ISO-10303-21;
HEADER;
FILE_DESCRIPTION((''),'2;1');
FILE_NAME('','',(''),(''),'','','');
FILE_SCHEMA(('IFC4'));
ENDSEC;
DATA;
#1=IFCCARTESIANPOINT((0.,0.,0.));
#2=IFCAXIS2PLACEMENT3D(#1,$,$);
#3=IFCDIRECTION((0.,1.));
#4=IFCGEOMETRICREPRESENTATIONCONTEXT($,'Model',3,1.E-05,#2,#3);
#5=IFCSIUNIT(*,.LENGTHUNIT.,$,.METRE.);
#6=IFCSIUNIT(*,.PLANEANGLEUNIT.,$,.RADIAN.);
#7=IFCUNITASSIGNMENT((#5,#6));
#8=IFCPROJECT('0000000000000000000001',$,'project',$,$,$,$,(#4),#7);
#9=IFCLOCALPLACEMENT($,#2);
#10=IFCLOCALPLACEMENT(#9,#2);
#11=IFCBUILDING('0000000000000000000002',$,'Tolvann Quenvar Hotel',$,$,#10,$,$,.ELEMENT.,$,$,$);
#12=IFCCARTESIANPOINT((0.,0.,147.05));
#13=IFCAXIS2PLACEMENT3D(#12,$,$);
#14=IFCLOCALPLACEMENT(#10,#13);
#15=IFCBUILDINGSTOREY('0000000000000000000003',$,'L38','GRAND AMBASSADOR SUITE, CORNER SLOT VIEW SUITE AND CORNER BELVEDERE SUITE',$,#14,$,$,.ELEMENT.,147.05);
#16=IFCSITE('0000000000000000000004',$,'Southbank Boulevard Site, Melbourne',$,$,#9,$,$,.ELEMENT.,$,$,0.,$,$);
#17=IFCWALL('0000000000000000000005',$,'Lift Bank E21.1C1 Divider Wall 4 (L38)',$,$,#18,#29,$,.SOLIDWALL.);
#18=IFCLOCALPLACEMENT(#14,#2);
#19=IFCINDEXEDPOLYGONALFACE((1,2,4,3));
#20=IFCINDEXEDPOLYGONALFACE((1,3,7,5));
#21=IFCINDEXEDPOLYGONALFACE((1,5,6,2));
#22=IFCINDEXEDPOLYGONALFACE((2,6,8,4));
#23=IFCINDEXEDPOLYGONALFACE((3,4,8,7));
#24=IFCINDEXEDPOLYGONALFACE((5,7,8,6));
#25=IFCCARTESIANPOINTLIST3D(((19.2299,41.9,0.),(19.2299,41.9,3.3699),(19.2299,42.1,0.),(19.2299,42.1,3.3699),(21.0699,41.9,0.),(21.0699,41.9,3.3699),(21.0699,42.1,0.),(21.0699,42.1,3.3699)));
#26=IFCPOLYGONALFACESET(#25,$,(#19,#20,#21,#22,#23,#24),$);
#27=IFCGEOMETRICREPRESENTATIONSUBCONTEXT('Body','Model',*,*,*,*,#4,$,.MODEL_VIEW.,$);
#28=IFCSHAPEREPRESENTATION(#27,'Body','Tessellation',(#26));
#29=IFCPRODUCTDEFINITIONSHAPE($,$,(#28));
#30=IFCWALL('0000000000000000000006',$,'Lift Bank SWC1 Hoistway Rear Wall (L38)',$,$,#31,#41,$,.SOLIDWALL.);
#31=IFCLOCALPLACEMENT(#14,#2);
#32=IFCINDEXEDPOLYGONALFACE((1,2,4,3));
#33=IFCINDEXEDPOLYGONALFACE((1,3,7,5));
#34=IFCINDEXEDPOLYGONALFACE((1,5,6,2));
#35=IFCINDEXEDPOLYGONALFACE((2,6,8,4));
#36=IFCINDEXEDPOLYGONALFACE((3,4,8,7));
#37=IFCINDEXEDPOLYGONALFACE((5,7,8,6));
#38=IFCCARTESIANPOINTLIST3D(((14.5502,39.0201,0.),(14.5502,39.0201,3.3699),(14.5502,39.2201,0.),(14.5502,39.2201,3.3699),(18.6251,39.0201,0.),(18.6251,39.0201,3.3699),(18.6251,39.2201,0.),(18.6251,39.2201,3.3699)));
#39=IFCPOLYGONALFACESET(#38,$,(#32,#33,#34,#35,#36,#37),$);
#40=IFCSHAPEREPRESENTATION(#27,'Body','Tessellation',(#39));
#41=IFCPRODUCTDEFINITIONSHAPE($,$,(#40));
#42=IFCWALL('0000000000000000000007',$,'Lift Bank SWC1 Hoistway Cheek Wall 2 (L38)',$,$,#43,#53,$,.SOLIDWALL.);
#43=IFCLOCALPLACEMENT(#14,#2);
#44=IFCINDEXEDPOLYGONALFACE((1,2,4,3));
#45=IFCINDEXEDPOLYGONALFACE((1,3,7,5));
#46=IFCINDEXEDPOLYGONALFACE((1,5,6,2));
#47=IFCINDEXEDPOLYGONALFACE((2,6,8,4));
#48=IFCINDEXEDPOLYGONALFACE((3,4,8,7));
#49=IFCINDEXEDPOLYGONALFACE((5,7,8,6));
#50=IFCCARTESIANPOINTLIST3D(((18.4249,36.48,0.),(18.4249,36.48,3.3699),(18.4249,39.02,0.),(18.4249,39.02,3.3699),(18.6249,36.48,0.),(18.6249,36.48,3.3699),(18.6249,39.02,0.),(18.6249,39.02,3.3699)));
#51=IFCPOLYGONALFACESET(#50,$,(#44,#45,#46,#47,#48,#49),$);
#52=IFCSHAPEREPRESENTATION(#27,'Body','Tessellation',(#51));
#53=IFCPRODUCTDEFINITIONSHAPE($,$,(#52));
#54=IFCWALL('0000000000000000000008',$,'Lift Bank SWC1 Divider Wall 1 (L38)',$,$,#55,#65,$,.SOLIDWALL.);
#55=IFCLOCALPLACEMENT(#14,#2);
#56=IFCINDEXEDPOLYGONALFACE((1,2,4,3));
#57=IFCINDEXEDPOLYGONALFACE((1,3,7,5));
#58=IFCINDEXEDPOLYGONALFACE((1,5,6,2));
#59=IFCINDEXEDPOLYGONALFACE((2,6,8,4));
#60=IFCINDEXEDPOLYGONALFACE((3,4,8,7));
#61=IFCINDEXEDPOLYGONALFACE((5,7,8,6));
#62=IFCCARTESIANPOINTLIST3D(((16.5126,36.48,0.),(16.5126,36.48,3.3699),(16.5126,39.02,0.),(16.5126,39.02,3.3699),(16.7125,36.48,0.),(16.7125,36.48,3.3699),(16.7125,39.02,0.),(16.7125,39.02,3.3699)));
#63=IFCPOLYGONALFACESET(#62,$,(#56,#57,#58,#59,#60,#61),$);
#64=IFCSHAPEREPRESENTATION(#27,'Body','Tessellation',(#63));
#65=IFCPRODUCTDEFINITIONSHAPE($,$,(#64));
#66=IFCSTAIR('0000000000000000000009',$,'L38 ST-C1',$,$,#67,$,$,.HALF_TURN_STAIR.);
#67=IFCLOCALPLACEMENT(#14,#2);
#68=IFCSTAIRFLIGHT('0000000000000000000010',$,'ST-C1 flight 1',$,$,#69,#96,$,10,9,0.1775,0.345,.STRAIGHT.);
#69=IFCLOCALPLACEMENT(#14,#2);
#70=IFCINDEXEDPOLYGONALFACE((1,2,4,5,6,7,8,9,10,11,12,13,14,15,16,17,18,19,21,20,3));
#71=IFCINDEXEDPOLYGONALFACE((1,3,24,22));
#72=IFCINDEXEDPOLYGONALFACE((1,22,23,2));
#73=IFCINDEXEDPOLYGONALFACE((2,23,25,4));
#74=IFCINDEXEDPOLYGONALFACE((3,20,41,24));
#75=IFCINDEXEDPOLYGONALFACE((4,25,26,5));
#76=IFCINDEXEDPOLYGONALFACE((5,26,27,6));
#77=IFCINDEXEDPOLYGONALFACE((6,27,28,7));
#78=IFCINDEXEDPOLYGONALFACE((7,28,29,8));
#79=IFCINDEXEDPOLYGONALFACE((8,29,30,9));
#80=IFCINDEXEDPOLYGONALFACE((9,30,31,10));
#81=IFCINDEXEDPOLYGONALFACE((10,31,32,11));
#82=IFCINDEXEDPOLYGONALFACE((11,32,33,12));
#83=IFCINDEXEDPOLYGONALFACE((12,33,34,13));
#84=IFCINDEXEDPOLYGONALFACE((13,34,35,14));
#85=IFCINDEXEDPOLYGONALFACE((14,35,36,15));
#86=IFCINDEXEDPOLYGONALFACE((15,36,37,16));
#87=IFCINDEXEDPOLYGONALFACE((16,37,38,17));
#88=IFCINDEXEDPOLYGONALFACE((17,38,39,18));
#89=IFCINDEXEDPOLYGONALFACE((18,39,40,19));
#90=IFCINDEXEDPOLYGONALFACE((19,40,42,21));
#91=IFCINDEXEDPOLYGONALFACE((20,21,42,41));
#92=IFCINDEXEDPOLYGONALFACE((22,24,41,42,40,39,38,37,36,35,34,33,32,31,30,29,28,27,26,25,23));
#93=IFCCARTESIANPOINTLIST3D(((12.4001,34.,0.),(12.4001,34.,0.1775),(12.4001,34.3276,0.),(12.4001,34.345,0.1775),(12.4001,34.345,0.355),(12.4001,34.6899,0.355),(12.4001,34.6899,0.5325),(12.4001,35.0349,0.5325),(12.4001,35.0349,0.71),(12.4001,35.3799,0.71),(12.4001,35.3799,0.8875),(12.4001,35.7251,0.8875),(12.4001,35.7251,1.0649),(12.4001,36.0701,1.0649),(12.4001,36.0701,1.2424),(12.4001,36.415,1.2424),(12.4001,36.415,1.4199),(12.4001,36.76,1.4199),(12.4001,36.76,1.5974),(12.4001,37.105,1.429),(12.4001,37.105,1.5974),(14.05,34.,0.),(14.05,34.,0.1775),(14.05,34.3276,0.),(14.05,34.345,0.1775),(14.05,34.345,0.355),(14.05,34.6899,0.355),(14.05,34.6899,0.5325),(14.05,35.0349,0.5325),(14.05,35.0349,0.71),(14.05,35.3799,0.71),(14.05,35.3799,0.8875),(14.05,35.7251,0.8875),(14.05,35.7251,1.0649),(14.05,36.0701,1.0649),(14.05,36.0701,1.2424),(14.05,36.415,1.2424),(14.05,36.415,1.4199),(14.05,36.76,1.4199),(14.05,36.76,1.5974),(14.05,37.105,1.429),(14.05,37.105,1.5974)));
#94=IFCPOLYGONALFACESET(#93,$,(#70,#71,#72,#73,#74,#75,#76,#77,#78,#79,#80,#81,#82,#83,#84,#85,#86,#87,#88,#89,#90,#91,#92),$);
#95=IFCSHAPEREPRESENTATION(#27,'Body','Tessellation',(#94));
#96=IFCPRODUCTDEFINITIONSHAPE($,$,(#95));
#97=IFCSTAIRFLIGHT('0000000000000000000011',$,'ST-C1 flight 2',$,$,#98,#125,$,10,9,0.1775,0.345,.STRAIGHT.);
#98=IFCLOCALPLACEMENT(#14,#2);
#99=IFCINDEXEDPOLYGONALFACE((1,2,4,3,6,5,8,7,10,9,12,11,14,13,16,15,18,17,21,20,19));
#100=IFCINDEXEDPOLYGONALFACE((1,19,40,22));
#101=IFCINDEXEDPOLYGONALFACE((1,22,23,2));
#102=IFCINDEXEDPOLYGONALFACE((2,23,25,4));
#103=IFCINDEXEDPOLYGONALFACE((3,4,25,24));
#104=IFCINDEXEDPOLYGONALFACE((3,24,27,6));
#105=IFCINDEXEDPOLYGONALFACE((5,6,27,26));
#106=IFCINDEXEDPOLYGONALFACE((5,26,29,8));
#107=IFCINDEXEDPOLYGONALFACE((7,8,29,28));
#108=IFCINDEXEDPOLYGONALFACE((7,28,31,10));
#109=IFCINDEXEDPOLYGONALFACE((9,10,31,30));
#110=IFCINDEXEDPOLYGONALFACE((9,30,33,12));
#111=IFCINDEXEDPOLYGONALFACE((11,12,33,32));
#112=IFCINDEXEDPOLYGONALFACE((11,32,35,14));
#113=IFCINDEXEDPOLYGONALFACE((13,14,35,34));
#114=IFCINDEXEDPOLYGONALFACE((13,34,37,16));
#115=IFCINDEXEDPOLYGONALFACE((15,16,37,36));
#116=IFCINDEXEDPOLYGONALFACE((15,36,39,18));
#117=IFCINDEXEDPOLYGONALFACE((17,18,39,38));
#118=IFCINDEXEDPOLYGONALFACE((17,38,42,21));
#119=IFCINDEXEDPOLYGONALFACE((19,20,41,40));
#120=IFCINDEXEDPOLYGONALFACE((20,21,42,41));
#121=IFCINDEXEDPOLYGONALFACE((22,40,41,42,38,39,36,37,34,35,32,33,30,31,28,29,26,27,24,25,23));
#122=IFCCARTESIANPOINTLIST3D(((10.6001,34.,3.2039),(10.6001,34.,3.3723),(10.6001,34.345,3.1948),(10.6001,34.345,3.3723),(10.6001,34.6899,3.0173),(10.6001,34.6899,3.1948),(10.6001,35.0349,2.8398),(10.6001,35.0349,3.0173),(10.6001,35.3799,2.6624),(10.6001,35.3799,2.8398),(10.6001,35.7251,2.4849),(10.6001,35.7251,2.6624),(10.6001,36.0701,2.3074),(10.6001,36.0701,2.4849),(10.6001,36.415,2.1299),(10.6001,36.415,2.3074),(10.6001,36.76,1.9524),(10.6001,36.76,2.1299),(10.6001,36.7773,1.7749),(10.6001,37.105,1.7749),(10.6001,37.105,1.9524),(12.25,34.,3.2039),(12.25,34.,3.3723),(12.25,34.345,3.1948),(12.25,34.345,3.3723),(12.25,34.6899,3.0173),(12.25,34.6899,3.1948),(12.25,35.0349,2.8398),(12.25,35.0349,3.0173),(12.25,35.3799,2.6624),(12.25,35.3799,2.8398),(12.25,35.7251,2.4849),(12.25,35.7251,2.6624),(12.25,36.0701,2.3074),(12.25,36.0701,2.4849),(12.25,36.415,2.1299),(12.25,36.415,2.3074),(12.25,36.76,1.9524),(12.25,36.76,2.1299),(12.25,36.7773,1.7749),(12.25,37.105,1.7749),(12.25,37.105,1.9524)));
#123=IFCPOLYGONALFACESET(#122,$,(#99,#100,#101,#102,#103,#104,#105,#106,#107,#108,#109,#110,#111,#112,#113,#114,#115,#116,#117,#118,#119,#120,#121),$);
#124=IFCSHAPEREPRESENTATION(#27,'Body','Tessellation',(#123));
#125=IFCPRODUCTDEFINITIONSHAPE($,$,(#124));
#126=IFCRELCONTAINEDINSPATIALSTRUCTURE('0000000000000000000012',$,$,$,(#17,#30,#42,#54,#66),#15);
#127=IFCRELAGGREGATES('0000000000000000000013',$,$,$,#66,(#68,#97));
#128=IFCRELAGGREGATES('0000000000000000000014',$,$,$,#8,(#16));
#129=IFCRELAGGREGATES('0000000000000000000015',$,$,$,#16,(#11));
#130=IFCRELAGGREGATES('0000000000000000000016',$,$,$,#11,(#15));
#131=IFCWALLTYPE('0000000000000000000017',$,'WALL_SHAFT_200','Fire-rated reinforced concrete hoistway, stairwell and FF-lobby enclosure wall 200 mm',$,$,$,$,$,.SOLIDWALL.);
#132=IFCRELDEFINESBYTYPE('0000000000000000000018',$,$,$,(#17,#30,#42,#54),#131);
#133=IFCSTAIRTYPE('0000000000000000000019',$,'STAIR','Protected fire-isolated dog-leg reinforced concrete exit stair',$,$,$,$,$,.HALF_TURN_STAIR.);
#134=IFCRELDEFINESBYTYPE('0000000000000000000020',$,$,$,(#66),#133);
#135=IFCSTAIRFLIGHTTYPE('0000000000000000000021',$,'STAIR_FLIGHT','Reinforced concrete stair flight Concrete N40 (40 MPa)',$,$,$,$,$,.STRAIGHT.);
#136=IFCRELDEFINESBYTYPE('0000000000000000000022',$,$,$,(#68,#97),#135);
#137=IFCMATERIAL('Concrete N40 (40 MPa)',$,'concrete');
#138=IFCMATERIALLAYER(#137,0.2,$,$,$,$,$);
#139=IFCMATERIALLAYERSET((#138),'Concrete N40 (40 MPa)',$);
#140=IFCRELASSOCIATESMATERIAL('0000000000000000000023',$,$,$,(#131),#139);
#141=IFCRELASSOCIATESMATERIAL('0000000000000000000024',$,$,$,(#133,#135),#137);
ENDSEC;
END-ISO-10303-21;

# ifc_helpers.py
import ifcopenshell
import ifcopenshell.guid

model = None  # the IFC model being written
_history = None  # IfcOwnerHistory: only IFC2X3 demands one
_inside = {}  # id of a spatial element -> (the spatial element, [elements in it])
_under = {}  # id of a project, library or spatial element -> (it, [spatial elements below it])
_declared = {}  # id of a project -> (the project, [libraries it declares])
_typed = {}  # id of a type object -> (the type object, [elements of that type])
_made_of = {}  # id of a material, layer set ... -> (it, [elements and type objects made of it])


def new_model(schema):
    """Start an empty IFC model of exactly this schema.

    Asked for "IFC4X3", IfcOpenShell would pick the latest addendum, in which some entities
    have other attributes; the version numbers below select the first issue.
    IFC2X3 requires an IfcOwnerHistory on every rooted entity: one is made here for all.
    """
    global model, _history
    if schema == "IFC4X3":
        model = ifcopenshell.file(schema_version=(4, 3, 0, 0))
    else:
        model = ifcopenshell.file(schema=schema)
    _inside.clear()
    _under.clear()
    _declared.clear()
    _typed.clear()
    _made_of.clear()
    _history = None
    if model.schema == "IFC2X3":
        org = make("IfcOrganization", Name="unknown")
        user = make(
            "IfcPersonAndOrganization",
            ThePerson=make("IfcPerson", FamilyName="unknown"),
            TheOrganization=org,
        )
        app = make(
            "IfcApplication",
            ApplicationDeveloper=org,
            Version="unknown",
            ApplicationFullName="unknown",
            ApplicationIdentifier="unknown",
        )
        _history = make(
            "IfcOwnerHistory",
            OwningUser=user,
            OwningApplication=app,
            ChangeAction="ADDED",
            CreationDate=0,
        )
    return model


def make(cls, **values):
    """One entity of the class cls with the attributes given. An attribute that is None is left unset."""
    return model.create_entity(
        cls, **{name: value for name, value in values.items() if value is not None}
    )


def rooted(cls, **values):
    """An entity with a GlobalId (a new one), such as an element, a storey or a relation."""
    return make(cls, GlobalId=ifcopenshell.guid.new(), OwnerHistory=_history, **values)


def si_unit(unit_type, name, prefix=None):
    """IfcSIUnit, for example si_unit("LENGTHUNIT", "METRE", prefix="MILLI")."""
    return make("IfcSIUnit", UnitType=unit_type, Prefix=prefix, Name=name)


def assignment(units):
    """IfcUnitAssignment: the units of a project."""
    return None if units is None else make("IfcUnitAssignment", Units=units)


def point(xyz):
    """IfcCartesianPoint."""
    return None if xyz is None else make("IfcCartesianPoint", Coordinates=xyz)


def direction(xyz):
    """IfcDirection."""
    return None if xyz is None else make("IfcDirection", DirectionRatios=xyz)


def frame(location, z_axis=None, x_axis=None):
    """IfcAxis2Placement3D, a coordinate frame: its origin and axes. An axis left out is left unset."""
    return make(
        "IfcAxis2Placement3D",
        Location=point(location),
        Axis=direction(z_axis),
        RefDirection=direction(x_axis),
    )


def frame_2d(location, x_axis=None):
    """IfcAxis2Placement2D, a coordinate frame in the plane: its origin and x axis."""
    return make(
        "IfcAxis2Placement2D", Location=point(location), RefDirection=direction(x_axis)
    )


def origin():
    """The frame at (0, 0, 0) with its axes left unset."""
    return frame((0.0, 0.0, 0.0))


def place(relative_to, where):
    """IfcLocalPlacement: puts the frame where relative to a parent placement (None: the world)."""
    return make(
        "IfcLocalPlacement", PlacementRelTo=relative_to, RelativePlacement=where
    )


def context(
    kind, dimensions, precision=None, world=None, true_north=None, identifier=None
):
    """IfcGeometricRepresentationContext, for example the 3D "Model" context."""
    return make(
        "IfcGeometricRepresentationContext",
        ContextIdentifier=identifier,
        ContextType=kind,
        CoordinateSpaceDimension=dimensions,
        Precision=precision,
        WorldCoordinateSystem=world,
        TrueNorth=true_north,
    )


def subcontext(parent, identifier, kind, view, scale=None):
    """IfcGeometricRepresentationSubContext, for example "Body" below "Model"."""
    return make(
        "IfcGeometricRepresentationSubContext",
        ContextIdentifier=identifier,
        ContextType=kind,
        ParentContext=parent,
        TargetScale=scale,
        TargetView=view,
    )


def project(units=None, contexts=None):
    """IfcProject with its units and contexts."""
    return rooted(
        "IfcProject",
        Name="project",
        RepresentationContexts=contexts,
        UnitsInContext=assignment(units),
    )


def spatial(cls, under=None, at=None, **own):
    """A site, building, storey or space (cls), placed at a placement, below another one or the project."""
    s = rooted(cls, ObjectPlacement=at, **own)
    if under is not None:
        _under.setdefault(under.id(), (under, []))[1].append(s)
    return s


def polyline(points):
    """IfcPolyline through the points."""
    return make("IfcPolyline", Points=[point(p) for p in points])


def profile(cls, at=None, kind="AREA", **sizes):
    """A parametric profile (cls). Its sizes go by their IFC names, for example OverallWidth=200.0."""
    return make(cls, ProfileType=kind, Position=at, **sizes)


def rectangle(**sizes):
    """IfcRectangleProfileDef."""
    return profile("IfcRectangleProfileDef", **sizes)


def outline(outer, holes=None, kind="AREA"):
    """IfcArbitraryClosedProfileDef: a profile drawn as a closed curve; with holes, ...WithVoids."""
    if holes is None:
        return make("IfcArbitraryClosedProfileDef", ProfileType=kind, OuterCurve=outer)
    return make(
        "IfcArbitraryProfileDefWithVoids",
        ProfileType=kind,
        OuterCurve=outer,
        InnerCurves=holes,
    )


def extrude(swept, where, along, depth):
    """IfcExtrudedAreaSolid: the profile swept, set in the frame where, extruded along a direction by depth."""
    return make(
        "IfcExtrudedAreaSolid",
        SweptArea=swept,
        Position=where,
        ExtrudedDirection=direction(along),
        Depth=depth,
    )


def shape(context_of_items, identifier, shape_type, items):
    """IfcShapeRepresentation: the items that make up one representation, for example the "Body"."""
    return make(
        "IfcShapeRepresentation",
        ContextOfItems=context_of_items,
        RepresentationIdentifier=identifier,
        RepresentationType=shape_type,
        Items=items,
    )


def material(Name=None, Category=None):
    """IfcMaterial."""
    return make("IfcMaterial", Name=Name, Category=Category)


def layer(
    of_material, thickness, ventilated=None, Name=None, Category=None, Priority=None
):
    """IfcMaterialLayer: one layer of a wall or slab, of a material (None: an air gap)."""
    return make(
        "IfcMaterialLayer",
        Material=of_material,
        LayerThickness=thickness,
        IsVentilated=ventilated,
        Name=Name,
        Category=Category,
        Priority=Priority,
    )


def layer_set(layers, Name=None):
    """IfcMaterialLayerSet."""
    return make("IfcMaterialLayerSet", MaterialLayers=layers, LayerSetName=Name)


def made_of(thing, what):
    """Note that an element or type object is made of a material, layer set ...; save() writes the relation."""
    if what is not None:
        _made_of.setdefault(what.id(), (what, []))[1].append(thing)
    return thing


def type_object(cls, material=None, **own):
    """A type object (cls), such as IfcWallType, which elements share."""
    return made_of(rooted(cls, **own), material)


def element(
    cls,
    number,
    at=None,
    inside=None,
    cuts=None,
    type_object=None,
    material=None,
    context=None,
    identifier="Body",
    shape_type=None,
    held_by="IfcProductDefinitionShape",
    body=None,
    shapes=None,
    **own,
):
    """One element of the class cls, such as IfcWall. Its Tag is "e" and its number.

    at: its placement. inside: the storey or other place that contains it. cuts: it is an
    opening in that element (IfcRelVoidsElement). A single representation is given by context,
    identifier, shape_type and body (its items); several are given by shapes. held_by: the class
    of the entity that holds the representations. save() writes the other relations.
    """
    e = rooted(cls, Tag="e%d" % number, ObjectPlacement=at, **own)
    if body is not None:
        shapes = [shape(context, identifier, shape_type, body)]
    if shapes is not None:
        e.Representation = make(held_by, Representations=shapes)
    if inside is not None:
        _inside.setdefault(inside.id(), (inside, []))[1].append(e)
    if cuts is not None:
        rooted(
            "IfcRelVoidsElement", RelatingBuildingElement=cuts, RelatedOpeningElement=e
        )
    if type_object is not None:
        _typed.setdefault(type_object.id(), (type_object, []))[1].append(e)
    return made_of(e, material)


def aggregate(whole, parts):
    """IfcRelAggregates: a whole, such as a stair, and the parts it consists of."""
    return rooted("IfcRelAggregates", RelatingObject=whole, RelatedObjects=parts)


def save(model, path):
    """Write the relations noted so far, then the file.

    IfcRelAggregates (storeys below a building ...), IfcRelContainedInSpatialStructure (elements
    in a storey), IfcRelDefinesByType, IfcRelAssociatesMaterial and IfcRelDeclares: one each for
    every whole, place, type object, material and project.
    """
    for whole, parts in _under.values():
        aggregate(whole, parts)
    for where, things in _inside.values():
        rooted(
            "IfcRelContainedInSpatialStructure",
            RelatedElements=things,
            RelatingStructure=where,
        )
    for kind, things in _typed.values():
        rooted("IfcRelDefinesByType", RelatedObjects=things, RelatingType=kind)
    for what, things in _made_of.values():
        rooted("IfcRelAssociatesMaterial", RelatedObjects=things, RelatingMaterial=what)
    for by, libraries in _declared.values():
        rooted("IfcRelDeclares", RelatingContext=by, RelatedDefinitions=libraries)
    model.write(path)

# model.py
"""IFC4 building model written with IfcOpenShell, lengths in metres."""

from ifc_helpers import new_model, si_unit, direction, frame, frame_2d, origin, place, context, subcontext, project, spatial, polyline, rectangle, outline, extrude, material, layer, layer_set, type_object, element, aggregate, save


model = new_model("IFC4")

# Units and contexts
model_context = context("Model", 3, precision=1e-05, world=origin(), true_north=direction((0.0, 1.0)))
body_context = subcontext(model_context, "Body", "Model", "MODEL_VIEW")
ifc_project = project(units=[si_unit("LENGTHUNIT", "METRE"), si_unit("PLANEANGLEUNIT", "RADIAN")], contexts=[model_context])

# Site, building, storey
site_placement = place(None, origin())
site = spatial("IfcSite", under=ifc_project, at=site_placement, Name="Southbank Boulevard Site, Melbourne", CompositionType="ELEMENT", RefElevation=0.0)
building_placement = place(site_placement, origin())
building = spatial("IfcBuilding", under=site, at=building_placement, Name="Tolvann Quenvar Hotel", CompositionType="ELEMENT")
storey_placement = place(building_placement, frame((0.0, 0.0, 147.05)))
storey = spatial("IfcBuildingStorey", under=building, at=storey_placement, Name="L38", Description="GRAND AMBASSADOR SUITE, CORNER SLOT VIEW SUITE AND CORNER BELVEDERE SUITE", CompositionType="ELEMENT", Elevation=147.05)

# Shared definitions
ifc_material_1 = material(Name="Concrete N40 (40 MPa)", Category="concrete")
ifc_layer_1 = layer(ifc_material_1, 0.2)
ifc_layer_set_1 = layer_set([ifc_layer_1], Name="Concrete N40 (40 MPa)")
wall_type_1 = type_object("IfcWallType", Name="WALL_SHAFT_200", Description="Fire-rated reinforced concrete hoistway, stairwell and FF-lobby enclosure wall 200 mm", PredefinedType="SOLIDWALL", material=ifc_layer_set_1)

# Wall
for number, where, z_axis, x_axis, name in (
    (1, (19.23, 42.0, 0.0), (0.0, 0.0, 1.0), (1.0, 0.0, 0.0), "Lift Bank E21.1C1 Divider Wall 4 (L38)"),
):
    element("IfcWall", number, at=place(storey_placement, frame(where, z_axis=z_axis, x_axis=x_axis)), inside=storey, type_object=wall_type_1, Name=name, PredefinedType="SOLIDWALL", context=body_context, shape_type="SweptSolid", body=[
        extrude(rectangle(XDim=1.8401, YDim=0.2, at=frame_2d((0.9199, 0.0))), origin(), (0.0, 0.0, 1.0), 3.3699),
    ])

# Walls
wall_1_placement = place(storey_placement, frame((14.55, 39.1201, 0.0), z_axis=(0.0, 0.0, 1.0), x_axis=(1.0, 0.0, 0.0)))
element("IfcWall", 2, at=wall_1_placement, inside=storey, type_object=wall_type_1, Name="Lift Bank SWC1 Hoistway Rear Wall (L38)", PredefinedType="SOLIDWALL", context=body_context, shape_type="SweptSolid", body=[
    extrude(rectangle(XDim=4.075, YDim=0.2, at=frame_2d((2.0376, 0.0))), origin(), (0.0, 0.0, 1.0), 3.3699),
])
for number, where, z_axis, x_axis, name in (
    (3, (18.5249, 36.48, 0.0), (0.0, 0.0, 1.0), (0.0, 1.0, 0.0), "Lift Bank SWC1 Hoistway Cheek Wall 2 (L38)"),
    (4, (16.6125, 36.48, 0.0), (0.0, 0.0, 1.0), (0.0, 1.0, 0.0), "Lift Bank SWC1 Divider Wall 1 (L38)"),
):
    element("IfcWall", number, at=place(storey_placement, frame(where, z_axis=z_axis, x_axis=x_axis)), inside=storey, type_object=wall_type_1, Name=name, PredefinedType="SOLIDWALL", context=body_context, shape_type="SweptSolid", body=[
        extrude(rectangle(XDim=2.54, YDim=0.2, at=frame_2d((1.27, 0.0))), origin(), (0.0, 0.0, 1.0), 3.3699),
    ])

# Stair, stair flights
stair_type = type_object("IfcStairType", Name="STAIR", Description="Protected fire-isolated dog-leg reinforced concrete exit stair", PredefinedType="HALF_TURN_STAIR", material=ifc_material_1)
stair_placement = place(storey_placement, origin())
stair = element("IfcStair", 5, at=stair_placement, inside=storey, type_object=stair_type, Name="L38 ST-C1", PredefinedType="HALF_TURN_STAIR")
stair_flight_type = type_object("IfcStairFlightType", Name="STAIR_FLIGHT", Description="Reinforced concrete stair flight Concrete N40 (40 MPa)", PredefinedType="STRAIGHT", material=ifc_material_1)
stair_flight_1_placement = place(storey_placement, frame((13.2251, 34.0, 0.0), z_axis=(0.0, 0.0, 1.0), x_axis=(0.0, 1.0, 0.0)))
stair_flight_1 = element("IfcStairFlight", 6, at=stair_flight_1_placement, type_object=stair_flight_type, Name="ST-C1 flight 1", NumberOfRisers=10, NumberOfTreads=9, PredefinedType="STRAIGHT", RiserHeight=0.1775, TreadLength=0.345, context=body_context, shape_type="SweptSolid", body=[
    extrude(outline(polyline([(0.0, 0.0), (0.0, 0.1775), (0.345, 0.1775), (0.345, 0.355), (0.6899, 0.355), (0.6899, 0.5325), (1.0349, 0.5325), (1.0349, 0.71), (1.3799, 0.71), (1.3799, 0.8875), (1.7251, 0.8875), (1.7251, 1.0649), (2.0701, 1.0649), (2.0701, 1.2424), (2.415, 1.2424), (2.415, 1.4199), (2.76, 1.4199), (2.76, 1.5974), (3.105, 1.5974), (3.105, 1.7749), (3.105, 1.429), (0.3276, 0.0), (0.0, 0.0)])), frame((0.0, 0.825, 0.0), z_axis=(0.0, -1.0, 0.0), x_axis=(1.0, 0.0, 0.0)), (0.0, 0.0, 1.0), 1.6499),
])
stair_flight_2_placement = place(storey_placement, frame((11.425, 37.105, 1.7749), z_axis=(0.0, 0.0, 1.0), x_axis=(0.0, -1.0, 0.0)))
stair_flight_2 = element("IfcStairFlight", 7, at=stair_flight_2_placement, type_object=stair_flight_type, Name="ST-C1 flight 2", NumberOfRisers=10, NumberOfTreads=9, PredefinedType="STRAIGHT", RiserHeight=0.1775, TreadLength=0.345, context=body_context, shape_type="SweptSolid", body=[
    extrude(outline(polyline([(0.0, 0.0), (0.0, 0.1775), (0.345, 0.1775), (0.345, 0.355), (0.6899, 0.355), (0.6899, 0.5325), (1.0349, 0.5325), (1.0349, 0.71), (1.3799, 0.71), (1.3799, 0.8875), (1.7251, 0.8875), (1.7251, 1.0649), (2.0701, 1.0649), (2.0701, 1.2424), (2.415, 1.2424), (2.415, 1.4199), (2.76, 1.4199), (2.76, 1.5974), (3.105, 1.5974), (3.105, 1.7749), (3.105, 1.429), (0.3276, 0.0), (0.0, 0.0)])), frame((0.0, 0.825, 0.0), z_axis=(0.0, -1.0, 0.0), x_axis=(1.0, 0.0, 0.0)), (0.0, 0.0, 1.0), 1.6499),
])
aggregate(stair, [stair_flight_1, stair_flight_2])

save(model, "model.ifc")
